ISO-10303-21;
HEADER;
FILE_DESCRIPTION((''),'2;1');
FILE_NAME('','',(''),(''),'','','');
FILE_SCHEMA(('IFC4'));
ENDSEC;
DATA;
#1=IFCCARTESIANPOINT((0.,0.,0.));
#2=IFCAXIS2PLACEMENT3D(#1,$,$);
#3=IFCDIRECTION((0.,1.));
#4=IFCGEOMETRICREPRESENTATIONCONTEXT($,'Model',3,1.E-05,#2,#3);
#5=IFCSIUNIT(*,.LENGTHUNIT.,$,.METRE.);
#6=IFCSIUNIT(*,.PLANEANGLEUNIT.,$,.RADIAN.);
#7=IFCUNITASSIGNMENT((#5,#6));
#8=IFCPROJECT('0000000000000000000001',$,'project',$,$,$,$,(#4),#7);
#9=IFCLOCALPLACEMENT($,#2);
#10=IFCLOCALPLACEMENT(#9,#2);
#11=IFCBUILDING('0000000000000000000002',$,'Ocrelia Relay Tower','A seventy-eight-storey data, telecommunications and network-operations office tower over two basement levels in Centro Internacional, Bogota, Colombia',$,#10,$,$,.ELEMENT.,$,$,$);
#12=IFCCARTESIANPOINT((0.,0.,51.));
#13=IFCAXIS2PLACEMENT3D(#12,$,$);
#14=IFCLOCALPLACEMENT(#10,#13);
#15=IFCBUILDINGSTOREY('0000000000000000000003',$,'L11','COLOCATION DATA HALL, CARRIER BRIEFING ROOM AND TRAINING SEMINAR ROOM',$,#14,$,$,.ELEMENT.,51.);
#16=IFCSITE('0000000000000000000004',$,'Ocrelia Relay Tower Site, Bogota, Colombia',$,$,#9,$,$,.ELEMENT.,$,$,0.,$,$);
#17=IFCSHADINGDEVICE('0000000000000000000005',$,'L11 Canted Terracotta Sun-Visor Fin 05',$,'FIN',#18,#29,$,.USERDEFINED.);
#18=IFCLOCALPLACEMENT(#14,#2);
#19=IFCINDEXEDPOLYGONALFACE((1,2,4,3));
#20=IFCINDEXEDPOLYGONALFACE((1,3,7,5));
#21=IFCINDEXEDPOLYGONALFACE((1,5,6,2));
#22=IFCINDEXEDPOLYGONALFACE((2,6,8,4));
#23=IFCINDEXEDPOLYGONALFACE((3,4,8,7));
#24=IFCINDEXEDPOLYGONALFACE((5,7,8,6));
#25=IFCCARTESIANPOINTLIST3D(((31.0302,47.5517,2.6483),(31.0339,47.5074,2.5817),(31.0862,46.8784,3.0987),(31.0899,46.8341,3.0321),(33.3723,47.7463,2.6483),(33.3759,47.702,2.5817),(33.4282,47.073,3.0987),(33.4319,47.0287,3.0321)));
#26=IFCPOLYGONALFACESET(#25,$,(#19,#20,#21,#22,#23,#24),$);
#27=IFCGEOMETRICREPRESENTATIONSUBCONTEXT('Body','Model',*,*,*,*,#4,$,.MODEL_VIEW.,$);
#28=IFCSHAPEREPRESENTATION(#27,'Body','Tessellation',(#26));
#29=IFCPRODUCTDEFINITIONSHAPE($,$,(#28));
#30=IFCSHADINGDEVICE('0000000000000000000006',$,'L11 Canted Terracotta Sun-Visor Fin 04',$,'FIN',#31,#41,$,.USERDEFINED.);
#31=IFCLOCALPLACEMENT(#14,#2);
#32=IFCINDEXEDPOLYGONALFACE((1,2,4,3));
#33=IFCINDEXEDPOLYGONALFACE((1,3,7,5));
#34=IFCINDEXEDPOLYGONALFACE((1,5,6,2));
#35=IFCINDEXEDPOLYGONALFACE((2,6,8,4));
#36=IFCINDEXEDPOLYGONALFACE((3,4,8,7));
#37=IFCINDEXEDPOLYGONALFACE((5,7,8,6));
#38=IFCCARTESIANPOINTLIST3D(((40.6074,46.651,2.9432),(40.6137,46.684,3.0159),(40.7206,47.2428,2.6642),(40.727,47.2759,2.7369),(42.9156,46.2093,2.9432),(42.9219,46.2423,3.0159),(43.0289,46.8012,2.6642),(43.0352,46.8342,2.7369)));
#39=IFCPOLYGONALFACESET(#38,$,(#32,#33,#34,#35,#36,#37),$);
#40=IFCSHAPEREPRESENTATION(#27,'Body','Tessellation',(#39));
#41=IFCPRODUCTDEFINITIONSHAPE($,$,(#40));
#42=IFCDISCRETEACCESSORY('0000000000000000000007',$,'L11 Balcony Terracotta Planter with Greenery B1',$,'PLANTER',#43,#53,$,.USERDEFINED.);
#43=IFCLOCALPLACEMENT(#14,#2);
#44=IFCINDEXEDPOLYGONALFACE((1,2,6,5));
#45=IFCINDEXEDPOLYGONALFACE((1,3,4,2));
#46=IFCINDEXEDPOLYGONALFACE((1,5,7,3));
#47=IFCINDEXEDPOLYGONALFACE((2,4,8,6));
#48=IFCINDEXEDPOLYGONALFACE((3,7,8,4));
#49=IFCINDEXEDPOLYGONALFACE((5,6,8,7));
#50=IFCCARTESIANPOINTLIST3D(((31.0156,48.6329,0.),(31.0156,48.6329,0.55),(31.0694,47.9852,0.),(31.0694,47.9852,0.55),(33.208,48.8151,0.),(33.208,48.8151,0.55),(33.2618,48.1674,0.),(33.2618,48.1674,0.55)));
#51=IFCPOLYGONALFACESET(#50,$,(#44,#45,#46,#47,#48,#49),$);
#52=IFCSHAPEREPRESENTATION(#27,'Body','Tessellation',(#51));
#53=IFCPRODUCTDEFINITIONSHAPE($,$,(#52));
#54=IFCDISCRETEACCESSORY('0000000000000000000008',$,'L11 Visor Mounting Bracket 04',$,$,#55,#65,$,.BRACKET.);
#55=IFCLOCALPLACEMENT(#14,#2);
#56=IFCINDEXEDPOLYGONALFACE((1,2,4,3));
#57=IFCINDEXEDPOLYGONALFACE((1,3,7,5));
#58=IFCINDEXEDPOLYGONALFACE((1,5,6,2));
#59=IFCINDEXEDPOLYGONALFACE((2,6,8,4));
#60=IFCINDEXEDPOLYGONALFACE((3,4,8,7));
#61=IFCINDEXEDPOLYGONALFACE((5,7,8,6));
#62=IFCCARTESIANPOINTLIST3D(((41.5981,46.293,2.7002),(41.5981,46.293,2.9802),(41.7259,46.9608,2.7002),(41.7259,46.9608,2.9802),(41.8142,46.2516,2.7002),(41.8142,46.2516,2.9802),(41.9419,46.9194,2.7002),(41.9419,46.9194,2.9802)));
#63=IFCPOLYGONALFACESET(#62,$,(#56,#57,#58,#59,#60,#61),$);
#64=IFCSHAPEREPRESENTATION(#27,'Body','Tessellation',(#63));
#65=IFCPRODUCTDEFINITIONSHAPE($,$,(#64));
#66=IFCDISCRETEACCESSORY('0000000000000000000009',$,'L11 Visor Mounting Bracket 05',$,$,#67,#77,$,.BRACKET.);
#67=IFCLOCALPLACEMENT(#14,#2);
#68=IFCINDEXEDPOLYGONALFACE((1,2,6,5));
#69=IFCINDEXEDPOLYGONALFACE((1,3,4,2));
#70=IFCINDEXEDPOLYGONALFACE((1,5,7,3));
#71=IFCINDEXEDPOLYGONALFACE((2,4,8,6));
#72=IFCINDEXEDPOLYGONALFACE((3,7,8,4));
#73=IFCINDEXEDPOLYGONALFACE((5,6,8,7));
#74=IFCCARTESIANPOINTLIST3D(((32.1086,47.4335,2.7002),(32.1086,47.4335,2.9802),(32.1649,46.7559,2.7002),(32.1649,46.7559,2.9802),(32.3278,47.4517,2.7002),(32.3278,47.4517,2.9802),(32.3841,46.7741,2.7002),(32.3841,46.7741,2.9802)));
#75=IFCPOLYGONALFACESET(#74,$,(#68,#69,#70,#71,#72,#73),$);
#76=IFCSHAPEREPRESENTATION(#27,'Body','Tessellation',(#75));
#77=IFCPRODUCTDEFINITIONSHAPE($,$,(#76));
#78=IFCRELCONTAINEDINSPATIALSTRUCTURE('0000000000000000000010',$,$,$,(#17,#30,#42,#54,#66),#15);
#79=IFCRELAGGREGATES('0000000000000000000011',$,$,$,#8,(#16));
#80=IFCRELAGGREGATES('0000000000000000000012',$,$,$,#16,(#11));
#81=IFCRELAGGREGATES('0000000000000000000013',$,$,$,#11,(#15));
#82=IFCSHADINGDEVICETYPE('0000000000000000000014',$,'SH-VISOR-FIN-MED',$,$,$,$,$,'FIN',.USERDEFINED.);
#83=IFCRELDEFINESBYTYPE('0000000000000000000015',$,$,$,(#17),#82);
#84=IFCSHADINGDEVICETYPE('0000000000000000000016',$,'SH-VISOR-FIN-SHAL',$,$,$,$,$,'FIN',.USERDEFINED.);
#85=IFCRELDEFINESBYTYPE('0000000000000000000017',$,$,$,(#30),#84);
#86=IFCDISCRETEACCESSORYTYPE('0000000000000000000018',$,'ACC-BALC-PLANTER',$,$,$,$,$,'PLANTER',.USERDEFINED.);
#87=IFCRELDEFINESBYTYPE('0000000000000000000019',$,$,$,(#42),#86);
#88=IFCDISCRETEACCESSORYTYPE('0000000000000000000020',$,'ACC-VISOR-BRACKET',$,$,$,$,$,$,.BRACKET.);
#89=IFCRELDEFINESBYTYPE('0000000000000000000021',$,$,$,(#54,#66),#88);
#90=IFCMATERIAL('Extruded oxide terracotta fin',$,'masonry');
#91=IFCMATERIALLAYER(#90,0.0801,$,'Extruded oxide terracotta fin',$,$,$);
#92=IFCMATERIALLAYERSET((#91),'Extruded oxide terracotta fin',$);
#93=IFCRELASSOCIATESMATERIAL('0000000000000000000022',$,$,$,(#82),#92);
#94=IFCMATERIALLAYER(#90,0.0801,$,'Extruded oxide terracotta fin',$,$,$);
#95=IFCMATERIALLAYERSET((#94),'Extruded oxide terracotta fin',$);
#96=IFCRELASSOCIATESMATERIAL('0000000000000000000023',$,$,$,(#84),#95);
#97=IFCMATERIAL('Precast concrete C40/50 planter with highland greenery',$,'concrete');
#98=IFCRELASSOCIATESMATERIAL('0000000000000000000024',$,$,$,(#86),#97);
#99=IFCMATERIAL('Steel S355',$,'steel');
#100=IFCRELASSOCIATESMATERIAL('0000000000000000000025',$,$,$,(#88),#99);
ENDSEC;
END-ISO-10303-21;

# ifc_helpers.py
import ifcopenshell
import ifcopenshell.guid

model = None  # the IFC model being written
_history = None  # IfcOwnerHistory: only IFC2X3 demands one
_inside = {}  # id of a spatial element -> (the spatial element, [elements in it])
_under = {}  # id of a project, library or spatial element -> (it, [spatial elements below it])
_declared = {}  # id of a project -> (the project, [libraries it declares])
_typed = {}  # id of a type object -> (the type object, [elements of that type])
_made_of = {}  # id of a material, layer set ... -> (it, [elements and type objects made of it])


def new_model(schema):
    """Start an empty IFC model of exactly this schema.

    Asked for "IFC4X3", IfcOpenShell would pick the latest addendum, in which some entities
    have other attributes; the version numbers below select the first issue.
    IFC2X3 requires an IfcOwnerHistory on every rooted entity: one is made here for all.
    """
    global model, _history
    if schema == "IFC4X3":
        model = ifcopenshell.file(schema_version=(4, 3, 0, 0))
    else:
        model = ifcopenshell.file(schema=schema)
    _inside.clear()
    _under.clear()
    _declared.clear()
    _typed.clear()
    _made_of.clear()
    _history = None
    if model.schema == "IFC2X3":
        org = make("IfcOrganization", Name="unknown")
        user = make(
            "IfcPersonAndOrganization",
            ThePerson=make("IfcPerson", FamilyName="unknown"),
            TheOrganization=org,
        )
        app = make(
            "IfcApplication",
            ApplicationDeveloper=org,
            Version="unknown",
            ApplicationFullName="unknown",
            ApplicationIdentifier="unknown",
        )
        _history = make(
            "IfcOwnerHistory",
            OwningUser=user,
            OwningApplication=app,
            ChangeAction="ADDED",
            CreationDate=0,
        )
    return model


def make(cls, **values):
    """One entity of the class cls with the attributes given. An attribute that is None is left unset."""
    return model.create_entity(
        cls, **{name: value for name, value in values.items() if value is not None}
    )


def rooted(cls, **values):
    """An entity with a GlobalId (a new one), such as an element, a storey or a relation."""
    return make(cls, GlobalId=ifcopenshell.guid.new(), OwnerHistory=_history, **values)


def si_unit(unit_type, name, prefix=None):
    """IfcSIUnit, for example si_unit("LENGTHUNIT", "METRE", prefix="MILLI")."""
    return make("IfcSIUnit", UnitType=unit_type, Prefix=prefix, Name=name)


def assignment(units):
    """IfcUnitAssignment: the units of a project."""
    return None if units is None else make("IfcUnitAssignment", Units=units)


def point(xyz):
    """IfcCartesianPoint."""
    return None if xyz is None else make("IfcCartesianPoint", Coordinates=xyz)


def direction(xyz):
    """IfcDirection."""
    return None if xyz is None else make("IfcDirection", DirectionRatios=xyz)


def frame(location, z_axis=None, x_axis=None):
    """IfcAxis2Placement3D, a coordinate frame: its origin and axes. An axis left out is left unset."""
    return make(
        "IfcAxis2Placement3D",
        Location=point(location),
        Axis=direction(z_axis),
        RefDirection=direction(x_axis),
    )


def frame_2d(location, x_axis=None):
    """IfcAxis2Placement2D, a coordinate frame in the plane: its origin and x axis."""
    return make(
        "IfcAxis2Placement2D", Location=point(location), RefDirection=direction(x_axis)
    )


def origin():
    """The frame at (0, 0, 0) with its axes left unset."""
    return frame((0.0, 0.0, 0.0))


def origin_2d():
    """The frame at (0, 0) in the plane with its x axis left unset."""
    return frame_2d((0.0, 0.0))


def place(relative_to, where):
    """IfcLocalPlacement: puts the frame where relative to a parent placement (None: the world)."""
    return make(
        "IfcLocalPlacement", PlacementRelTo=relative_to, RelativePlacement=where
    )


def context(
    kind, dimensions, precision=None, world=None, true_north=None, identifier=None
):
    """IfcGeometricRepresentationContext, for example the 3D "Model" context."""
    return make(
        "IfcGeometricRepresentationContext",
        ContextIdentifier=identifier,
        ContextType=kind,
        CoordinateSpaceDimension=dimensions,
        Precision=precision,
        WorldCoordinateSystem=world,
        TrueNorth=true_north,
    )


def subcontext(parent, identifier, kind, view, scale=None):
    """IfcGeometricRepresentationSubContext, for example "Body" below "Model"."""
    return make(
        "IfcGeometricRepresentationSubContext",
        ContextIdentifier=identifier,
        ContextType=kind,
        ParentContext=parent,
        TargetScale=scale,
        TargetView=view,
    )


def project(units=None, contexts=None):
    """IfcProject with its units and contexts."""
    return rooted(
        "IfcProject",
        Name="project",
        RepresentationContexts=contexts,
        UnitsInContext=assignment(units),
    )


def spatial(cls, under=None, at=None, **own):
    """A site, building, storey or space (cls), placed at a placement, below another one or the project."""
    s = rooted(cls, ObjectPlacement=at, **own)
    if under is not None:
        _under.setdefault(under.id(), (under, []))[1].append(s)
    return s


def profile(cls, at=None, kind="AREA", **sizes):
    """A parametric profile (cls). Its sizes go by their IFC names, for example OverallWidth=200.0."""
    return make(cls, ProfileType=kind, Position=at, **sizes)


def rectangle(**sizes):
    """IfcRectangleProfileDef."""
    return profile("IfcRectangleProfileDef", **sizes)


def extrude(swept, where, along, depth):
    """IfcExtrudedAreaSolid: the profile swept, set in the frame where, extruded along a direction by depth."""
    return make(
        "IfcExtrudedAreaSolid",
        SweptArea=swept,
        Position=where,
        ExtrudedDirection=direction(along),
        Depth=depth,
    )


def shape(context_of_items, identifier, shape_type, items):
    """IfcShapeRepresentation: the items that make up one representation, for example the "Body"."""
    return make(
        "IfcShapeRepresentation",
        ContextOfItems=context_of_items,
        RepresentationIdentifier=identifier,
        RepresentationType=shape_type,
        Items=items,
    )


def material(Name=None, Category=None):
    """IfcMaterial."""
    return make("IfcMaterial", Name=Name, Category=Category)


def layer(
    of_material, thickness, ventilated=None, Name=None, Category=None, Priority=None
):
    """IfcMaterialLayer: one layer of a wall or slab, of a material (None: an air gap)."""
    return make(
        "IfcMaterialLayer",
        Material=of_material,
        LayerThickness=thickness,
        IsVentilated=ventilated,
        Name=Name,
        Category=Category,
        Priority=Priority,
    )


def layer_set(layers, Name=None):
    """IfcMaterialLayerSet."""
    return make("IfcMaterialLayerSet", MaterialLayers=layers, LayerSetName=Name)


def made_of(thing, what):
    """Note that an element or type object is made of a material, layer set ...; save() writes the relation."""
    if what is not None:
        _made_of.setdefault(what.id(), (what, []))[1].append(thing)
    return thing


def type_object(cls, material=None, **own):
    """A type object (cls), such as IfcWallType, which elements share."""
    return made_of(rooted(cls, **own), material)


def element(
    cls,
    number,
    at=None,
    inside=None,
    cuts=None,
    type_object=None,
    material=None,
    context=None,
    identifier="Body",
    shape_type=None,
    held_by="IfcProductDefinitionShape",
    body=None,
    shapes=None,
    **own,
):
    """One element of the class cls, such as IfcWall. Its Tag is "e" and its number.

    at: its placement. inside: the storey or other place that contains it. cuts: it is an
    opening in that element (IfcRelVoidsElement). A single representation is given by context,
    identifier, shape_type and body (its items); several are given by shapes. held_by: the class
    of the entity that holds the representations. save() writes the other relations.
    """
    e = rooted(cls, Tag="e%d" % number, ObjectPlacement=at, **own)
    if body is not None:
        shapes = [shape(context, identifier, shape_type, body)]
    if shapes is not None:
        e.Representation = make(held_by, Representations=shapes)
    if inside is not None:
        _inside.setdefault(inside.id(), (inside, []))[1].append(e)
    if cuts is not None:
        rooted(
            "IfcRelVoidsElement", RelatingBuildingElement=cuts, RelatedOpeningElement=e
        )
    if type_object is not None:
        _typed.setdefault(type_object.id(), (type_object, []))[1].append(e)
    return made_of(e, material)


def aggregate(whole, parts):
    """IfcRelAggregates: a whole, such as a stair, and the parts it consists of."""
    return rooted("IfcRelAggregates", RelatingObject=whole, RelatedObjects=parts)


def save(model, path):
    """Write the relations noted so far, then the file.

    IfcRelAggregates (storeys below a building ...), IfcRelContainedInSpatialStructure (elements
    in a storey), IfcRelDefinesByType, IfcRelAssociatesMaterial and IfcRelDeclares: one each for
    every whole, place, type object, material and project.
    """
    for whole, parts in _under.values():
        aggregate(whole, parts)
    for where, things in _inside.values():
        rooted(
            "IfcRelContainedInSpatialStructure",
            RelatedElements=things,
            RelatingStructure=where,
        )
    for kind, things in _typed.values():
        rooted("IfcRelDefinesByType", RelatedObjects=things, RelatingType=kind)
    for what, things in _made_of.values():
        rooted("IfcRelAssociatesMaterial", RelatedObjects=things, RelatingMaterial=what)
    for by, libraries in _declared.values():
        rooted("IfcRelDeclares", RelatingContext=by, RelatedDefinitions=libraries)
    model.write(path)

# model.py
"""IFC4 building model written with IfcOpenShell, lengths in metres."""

from ifc_helpers import new_model, si_unit, direction, frame, origin, origin_2d, place, context, subcontext, project, spatial, rectangle, extrude, material, layer, layer_set, type_object, element, save


model = new_model("IFC4")

# Units and contexts
model_context = context("Model", 3, precision=1e-05, world=origin(), true_north=direction((0.0, 1.0)))
body_context = subcontext(model_context, "Body", "Model", "MODEL_VIEW")
ifc_project = project(units=[si_unit("LENGTHUNIT", "METRE"), si_unit("PLANEANGLEUNIT", "RADIAN")], contexts=[model_context])

# Site, building, storey
site_placement = place(None, origin())
site = spatial("IfcSite", under=ifc_project, at=site_placement, Name="Ocrelia Relay Tower Site, Bogota, Colombia", CompositionType="ELEMENT", RefElevation=0.0)
building_placement = place(site_placement, origin())
building = spatial("IfcBuilding", under=site, at=building_placement, Name="Ocrelia Relay Tower", Description="A seventy-eight-storey data, telecommunications and network-operations office tower over two basement levels in Centro Internacional, Bogota, Colombia", CompositionType="ELEMENT")
storey_placement = place(building_placement, frame((0.0, 0.0, 51.0)))
storey = spatial("IfcBuildingStorey", under=building, at=storey_placement, Name="L11", Description="COLOCATION DATA HALL, CARRIER BRIEFING ROOM AND TRAINING SEMINAR ROOM", CompositionType="ELEMENT", Elevation=51.0)

# Shared definitions
ifc_material_1 = material(Name="Steel S355", Category="steel")

# Shading devices
ifc_material_2 = material(Name="Extruded oxide terracotta fin", Category="masonry")
ifc_layer_1 = layer(ifc_material_2, 0.0801, Name="Extruded oxide terracotta fin")
ifc_layer_set_1 = layer_set([ifc_layer_1], Name="Extruded oxide terracotta fin")
shading_device_type_1 = type_object("IfcShadingDeviceType", Name="SH-VISOR-FIN-MED", ElementType="FIN", PredefinedType="USERDEFINED", material=ifc_layer_set_1)
shading_device_1_placement = place(storey_placement, frame((32.2329, 47.2681, 2.8069), z_axis=(-0.045934, 0.552794, 0.832051), x_axis=(-0.996566, -0.082808, 0.0)))
element("IfcShadingDevice", 1, at=shading_device_1_placement, inside=storey, type_object=shading_device_type_1, Name="L11 Canted Terracotta Sun-Visor Fin 05", ObjectType="FIN", PredefinedType="USERDEFINED", context=body_context, shape_type="SweptSolid", body=[
    extrude(rectangle(XDim=2.3501, YDim=0.812, at=origin_2d()), origin(), (0.0, 0.0, 1.0), 0.0801),
])
ifc_layer_2 = layer(ifc_material_2, 0.0801, Name="Extruded oxide terracotta fin")
ifc_layer_set_2 = layer_set([ifc_layer_2], Name="Extruded oxide terracotta fin")
shading_device_type_2 = type_object("IfcShadingDeviceType", Name="SH-VISOR-FIN-SHAL", ElementType="FIN", PredefinedType="USERDEFINED", material=ifc_layer_set_2)
shading_device_2_placement = place(storey_placement, frame((41.8181, 46.7261, 2.8037), z_axis=(0.078948, 0.412601, 0.907484), x_axis=(-0.982182, 0.187932, 0.0)))
element("IfcShadingDevice", 2, at=shading_device_2_placement, inside=storey, type_object=shading_device_type_2, Name="L11 Canted Terracotta Sun-Visor Fin 04", ObjectType="FIN", PredefinedType="USERDEFINED", context=body_context, shape_type="SweptSolid", body=[
    extrude(rectangle(XDim=2.3501, YDim=0.6641, at=origin_2d()), origin(), (0.0, 0.0, 1.0), 0.0801),
])

# Discrete accessories
ifc_material_3 = material(Name="Precast concrete C40/50 planter with highland greenery", Category="concrete")
discrete_accessory_type_1 = type_object("IfcDiscreteAccessoryType", Name="ACC-BALC-PLANTER", ElementType="PLANTER", PredefinedType="USERDEFINED", material=ifc_material_3)
discrete_accessory_placement = place(storey_placement, frame((32.1387, 48.4001, 0.0), z_axis=(0.0, 0.0, 1.0), x_axis=(0.996564, 0.08282, 0.0)))
element("IfcDiscreteAccessory", 3, at=discrete_accessory_placement, inside=storey, type_object=discrete_accessory_type_1, Name="L11 Balcony Terracotta Planter with Greenery B1", ObjectType="PLANTER", PredefinedType="USERDEFINED", context=body_context, shape_type="SweptSolid", body=[
    extrude(rectangle(XDim=2.2, YDim=0.6499, at=origin_2d()), origin(), (0.0, 0.0, 1.0), 0.55),
])
discrete_accessory_type_2 = type_object("IfcDiscreteAccessoryType", Name="ACC-VISOR-BRACKET", PredefinedType="BRACKET", material=ifc_material_1)
for number, where, z_axis, x_axis, name in (
    (4, (41.77, 46.6062, 2.7002), (0.0, 0.0, 1.0), (-0.982182, 0.187932, 0.0), "L11 Visor Mounting Bracket 04"),
    (5, (32.2463, 47.1038, 2.7002), (0.0, 0.0, 1.0), (-0.996566, -0.082808, 0.0), "L11 Visor Mounting Bracket 05"),
):
    element("IfcDiscreteAccessory", number, at=place(storey_placement, frame(where, z_axis=z_axis, x_axis=x_axis)), inside=storey, type_object=discrete_accessory_type_2, Name=name, PredefinedType="BRACKET", context=body_context, shape_type="SweptSolid", body=[
        extrude(rectangle(XDim=0.22, YDim=0.6799, at=origin_2d()), origin(), (0.0, 0.0, 1.0), 0.28),
    ])

save(model, "model.ifc")
